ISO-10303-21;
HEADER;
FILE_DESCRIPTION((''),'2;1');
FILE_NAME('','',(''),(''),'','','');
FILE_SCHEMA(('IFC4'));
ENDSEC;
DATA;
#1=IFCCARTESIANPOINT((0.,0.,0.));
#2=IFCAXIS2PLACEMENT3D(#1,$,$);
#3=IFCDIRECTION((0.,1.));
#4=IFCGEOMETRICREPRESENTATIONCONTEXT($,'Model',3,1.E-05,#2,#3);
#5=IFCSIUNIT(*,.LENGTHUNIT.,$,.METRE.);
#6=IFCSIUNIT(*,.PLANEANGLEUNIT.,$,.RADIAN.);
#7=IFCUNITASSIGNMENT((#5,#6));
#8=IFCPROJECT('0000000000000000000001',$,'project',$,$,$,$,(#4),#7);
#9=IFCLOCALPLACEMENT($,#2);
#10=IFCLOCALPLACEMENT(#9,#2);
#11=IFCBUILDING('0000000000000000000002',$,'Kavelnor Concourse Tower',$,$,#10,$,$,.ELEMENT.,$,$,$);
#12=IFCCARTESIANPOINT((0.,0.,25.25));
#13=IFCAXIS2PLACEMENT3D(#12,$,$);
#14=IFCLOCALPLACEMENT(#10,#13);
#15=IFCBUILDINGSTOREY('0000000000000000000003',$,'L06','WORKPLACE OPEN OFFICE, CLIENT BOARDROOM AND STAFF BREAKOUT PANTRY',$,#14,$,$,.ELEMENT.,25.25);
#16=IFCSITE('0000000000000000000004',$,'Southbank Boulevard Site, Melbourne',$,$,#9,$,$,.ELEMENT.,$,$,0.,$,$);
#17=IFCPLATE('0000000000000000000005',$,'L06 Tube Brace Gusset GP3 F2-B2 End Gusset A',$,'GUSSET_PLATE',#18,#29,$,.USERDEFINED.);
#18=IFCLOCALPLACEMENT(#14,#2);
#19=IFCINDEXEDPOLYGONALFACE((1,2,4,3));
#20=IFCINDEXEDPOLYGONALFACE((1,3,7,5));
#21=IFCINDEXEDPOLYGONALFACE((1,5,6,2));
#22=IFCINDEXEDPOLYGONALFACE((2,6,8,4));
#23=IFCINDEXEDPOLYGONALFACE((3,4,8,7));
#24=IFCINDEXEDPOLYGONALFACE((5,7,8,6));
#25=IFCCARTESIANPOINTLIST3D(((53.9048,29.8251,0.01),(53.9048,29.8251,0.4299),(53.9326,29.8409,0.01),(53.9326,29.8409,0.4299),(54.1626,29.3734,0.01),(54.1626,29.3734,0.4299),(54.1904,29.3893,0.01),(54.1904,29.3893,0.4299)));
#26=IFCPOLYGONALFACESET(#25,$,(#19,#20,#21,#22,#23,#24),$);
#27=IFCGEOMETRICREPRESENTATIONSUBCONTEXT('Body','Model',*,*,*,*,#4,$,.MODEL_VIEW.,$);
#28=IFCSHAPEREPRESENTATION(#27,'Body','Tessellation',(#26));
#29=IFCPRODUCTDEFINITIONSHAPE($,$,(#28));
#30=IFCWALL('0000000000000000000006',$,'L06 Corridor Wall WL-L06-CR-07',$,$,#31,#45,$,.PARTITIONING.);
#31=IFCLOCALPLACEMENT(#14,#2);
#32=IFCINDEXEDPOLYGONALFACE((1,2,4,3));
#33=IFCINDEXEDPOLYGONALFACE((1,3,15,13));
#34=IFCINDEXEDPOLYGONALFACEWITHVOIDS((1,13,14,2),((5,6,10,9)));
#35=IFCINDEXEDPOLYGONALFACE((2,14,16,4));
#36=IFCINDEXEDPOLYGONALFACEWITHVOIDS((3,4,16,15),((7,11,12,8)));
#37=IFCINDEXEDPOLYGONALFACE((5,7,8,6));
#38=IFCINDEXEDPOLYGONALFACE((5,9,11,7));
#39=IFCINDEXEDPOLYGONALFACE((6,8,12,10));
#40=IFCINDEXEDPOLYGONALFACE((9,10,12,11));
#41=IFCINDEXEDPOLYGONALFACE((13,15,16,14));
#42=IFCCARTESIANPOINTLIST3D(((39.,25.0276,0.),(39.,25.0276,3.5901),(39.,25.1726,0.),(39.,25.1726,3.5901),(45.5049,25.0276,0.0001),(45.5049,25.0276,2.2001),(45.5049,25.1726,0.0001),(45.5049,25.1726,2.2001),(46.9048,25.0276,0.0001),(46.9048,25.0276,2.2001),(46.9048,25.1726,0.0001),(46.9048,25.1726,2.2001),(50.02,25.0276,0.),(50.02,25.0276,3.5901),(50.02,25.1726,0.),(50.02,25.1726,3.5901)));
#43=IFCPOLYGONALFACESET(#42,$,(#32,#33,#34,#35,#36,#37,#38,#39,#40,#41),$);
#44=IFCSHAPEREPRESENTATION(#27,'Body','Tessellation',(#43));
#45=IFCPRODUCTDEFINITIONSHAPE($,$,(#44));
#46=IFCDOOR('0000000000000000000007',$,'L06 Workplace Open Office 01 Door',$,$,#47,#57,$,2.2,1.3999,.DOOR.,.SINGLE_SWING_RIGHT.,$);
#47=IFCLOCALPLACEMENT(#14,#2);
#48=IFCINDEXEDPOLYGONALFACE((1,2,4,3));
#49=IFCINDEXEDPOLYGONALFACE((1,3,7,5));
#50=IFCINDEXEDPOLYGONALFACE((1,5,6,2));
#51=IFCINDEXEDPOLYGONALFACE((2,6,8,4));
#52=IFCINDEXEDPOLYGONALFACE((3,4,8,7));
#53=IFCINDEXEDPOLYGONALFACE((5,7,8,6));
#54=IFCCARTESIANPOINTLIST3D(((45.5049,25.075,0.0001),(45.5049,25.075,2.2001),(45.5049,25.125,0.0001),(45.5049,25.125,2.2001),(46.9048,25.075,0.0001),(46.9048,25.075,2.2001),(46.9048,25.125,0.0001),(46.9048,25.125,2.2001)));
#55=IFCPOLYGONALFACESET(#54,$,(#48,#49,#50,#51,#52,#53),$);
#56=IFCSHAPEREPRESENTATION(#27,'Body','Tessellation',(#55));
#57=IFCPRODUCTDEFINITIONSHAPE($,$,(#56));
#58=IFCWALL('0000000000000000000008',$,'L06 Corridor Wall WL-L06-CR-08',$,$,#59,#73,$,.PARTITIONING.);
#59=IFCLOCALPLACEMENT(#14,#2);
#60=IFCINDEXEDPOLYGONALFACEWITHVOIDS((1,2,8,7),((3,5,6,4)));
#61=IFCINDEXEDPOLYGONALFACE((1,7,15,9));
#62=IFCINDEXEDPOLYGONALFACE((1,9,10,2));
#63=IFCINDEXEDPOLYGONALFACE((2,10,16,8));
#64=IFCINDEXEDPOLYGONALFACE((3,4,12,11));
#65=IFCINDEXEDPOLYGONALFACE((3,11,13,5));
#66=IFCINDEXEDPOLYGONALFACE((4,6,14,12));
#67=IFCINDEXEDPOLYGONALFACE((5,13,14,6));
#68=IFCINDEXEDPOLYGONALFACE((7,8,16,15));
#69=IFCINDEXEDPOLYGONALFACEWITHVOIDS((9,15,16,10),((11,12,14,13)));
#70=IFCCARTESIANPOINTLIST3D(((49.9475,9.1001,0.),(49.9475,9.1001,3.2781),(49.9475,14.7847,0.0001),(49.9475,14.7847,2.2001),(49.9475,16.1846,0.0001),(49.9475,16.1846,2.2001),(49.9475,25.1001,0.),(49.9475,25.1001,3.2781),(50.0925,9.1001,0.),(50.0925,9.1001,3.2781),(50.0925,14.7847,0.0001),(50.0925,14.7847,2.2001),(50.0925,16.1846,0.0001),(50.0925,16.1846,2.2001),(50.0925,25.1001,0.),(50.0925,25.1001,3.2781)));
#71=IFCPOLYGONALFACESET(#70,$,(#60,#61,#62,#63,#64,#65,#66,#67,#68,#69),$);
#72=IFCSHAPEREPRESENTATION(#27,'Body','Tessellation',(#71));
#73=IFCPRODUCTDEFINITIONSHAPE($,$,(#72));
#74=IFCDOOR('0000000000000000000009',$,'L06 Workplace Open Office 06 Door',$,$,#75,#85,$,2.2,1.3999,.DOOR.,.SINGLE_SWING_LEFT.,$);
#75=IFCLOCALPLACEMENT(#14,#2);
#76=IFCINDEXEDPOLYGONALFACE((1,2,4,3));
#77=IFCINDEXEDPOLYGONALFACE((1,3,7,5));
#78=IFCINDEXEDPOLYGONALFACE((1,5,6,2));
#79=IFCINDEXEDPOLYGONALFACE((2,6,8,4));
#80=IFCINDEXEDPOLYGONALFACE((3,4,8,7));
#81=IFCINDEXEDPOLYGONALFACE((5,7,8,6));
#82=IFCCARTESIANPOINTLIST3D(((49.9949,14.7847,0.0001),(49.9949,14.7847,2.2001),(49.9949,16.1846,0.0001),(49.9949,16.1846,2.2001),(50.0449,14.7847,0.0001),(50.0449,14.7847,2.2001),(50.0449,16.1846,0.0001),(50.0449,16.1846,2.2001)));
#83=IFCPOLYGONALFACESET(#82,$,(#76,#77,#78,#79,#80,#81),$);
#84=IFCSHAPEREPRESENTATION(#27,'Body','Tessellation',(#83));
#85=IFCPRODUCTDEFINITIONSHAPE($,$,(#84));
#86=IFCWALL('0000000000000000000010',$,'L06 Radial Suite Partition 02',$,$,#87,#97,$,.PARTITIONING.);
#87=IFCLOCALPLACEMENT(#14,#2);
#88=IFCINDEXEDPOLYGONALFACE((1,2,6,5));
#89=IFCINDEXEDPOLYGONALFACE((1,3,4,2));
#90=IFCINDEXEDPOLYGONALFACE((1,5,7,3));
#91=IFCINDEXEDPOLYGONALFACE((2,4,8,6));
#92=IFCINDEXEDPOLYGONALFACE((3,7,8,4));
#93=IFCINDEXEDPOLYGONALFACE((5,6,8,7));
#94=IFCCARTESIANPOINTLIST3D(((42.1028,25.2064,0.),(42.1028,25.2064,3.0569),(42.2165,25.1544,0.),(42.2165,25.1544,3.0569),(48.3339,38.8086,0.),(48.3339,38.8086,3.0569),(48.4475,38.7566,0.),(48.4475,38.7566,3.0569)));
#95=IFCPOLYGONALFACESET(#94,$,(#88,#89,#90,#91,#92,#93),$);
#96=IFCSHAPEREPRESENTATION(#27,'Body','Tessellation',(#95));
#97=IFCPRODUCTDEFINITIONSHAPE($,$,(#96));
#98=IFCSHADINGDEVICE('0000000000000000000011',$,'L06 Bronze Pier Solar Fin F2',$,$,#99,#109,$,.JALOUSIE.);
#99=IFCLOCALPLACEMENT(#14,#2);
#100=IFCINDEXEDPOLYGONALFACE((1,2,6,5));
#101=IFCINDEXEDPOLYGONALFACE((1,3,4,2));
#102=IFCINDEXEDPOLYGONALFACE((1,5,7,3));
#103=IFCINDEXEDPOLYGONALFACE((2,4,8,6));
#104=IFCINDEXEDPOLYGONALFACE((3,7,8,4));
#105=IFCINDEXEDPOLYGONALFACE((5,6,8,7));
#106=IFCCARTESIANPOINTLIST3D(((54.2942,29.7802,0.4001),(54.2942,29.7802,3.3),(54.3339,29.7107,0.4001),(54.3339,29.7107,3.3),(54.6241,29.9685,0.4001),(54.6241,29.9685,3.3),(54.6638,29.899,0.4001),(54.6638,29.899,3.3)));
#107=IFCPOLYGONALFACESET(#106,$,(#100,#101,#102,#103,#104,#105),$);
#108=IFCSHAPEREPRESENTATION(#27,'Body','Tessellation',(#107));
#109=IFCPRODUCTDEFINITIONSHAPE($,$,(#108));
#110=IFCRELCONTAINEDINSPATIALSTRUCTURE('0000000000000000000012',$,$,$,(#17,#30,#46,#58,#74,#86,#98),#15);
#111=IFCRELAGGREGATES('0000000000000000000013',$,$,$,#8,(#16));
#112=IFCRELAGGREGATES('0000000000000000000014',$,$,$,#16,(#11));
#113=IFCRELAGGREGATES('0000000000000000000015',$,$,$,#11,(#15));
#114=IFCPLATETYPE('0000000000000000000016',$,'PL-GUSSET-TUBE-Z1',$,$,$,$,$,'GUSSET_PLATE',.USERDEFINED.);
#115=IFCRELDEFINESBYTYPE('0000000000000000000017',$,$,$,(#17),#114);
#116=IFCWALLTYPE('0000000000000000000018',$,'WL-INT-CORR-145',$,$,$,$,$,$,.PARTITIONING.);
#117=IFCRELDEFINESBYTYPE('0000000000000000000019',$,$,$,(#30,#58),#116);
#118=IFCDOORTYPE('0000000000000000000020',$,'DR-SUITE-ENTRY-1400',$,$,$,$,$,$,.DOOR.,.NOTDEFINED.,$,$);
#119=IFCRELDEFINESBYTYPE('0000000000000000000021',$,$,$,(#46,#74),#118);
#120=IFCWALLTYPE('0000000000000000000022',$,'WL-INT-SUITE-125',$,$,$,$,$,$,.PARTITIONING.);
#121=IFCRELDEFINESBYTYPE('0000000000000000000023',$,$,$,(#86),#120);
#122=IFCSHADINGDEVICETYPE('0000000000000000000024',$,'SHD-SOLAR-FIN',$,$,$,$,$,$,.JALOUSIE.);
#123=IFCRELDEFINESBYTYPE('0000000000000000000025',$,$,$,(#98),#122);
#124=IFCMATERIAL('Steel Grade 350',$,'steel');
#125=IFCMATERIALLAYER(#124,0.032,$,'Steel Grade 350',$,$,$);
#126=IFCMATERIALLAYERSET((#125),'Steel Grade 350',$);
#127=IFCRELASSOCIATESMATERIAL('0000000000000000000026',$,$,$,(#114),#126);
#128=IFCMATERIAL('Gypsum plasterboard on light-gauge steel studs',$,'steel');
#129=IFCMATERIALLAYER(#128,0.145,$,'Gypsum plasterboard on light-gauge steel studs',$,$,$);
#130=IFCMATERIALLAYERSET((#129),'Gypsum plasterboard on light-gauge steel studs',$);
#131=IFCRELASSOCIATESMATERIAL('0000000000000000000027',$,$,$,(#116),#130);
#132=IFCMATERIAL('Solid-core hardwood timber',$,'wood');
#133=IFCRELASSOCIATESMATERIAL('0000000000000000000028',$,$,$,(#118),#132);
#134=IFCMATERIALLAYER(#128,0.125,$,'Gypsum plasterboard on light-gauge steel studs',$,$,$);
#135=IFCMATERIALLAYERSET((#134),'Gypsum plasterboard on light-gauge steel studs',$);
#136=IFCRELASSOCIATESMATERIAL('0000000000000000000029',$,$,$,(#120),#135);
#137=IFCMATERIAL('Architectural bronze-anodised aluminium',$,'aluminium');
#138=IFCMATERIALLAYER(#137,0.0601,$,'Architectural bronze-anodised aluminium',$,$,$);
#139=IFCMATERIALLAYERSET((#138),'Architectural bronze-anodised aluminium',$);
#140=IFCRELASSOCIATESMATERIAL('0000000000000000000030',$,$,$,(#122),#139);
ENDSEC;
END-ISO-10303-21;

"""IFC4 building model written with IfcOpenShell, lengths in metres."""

from ifc_helpers import new_model, si_unit, direction, frame, frame_2d, origin, origin_2d, place, context, subcontext, project, spatial, rectangle, extrude, material, layer, layer_set, type_object, element, fill, save


model = new_model("IFC4")

# Units and contexts
model_context = context("Model", 3, precision=1e-05, world=origin(), true_north=direction((0.0, 1.0)))
body_context = subcontext(model_context, "Body", "Model", "MODEL_VIEW")
ifc_project = project(units=[si_unit("LENGTHUNIT", "METRE"), si_unit("PLANEANGLEUNIT", "RADIAN")], contexts=[model_context])

# Site, building, storey
site_placement = place(None, origin())
site = spatial("IfcSite", under=ifc_project, at=site_placement, Name="Southbank Boulevard Site, Melbourne", CompositionType="ELEMENT", RefElevation=0.0)
building_placement = place(site_placement, origin())
building = spatial("IfcBuilding", under=site, at=building_placement, Name="Kavelnor Concourse Tower", CompositionType="ELEMENT")
storey_placement = place(building_placement, frame((0.0, 0.0, 25.25)))
storey = spatial("IfcBuildingStorey", under=building, at=storey_placement, Name="L06", Description="WORKPLACE OPEN OFFICE, CLIENT BOARDROOM AND STAFF BREAKOUT PANTRY", CompositionType="ELEMENT", Elevation=25.25)

# Shared definitions
ifc_material_1 = material(Name="Steel Grade 350", Category="steel")

# Plate
ifc_layer_1 = layer(ifc_material_1, 0.032, Name="Steel Grade 350")
ifc_layer_set_1 = layer_set([ifc_layer_1], Name="Steel Grade 350")
plate_type = type_object("IfcPlateType", Name="PL-GUSSET-TUBE-Z1", ElementType="GUSSET_PLATE", PredefinedType="USERDEFINED", material=ifc_layer_set_1)
plate_placement = place(storey_placement, frame((54.0476, 29.6072, 0.01), z_axis=(0.0, 0.0, 1.0), x_axis=(0.495762, -0.868459, 0.0)))
element("IfcPlate", 1, at=plate_placement, inside=storey, type_object=plate_type, Name="L06 Tube Brace Gusset GP3 F2-B2 End Gusset A", ObjectType="GUSSET_PLATE", PredefinedType="USERDEFINED", context=body_context, shape_type="SweptSolid", body=[
    extrude(rectangle(XDim=0.52, YDim=0.032, at=origin_2d()), origin(), (0.0, 0.0, 1.0), 0.4199),
])

# Walls, openings, doors
ifc_material_2 = material(Name="Gypsum plasterboard on light-gauge steel studs", Category="steel")
ifc_layer_2 = layer(ifc_material_2, 0.145, Name="Gypsum plasterboard on light-gauge steel studs")
ifc_layer_set_2 = layer_set([ifc_layer_2], Name="Gypsum plasterboard on light-gauge steel studs")
wall_type_1 = type_object("IfcWallType", Name="WL-INT-CORR-145", PredefinedType="PARTITIONING", material=ifc_layer_set_2)
wall_1_placement = place(storey_placement, frame((39.0, 25.1001, 0.0), z_axis=(0.0, 0.0, 1.0), x_axis=(1.0, 0.0, 0.0)))
wall_1 = element("IfcWall", 2, at=wall_1_placement, inside=storey, type_object=wall_type_1, Name="L06 Corridor Wall WL-L06-CR-07", PredefinedType="PARTITIONING", context=body_context, shape_type="SweptSolid", body=[
    extrude(rectangle(XDim=11.02, YDim=0.145, at=frame_2d((5.51, 0.0))), origin(), (0.0, 0.0, 1.0), 3.5901),
])
opening_1_placement = place(wall_1_placement, frame((6.5049, 0.0, 0.0)))
opening_1 = element("IfcOpeningElement", 3, at=opening_1_placement, cuts=wall_1, PredefinedType="OPENING", context=body_context, shape_type="SweptSolid", body=[
    extrude(rectangle(XDim=1.3999, YDim=2.2, at=frame_2d((0.7, 1.1001))), frame((0.0, 0.0825, 0.0), z_axis=(0.0, -1.0, 0.0), x_axis=(1.0, 0.0, 0.0)), (0.0, 0.0, 1.0), 0.165),
])
ifc_material_3 = material(Name="Solid-core hardwood timber", Category="wood")
door_type = type_object("IfcDoorType", Name="DR-SUITE-ENTRY-1400", OperationType="NOTDEFINED", PredefinedType="DOOR", material=ifc_material_3)
door_1_placement = place(opening_1_placement, origin())
door_1 = element("IfcDoor", 4, at=door_1_placement, inside=storey, type_object=door_type, Name="L06 Workplace Open Office 01 Door", OperationType="SINGLE_SWING_RIGHT", OverallHeight=2.2, OverallWidth=1.3999, PredefinedType="DOOR", context=body_context, shape_type="SweptSolid", body=[
    extrude(rectangle(XDim=1.3999, YDim=2.2, at=frame_2d((0.7, 1.1001))), frame((0.0, 0.0249, 0.0), z_axis=(0.0, -1.0, 0.0), x_axis=(1.0, 0.0, 0.0)), (0.0, 0.0, 1.0), 0.05),
])
fill(opening_1, door_1)
wall_2_placement = place(storey_placement, frame((50.02, 25.1001, 0.0), z_axis=(0.0, 0.0, 1.0), x_axis=(0.0, -1.0, 0.0)))
wall_2 = element("IfcWall", 5, at=wall_2_placement, inside=storey, type_object=wall_type_1, Name="L06 Corridor Wall WL-L06-CR-08", PredefinedType="PARTITIONING", context=body_context, shape_type="SweptSolid", body=[
    extrude(rectangle(XDim=16.0, YDim=0.145, at=frame_2d((8.0, 0.0))), origin(), (0.0, 0.0, 1.0), 3.2781),
])
opening_2_placement = place(wall_2_placement, frame((8.9155, 0.0, 0.0)))
opening_2 = element("IfcOpeningElement", 6, at=opening_2_placement, cuts=wall_2, PredefinedType="OPENING", context=body_context, shape_type="SweptSolid", body=[
    extrude(rectangle(XDim=1.3999, YDim=2.2, at=frame_2d((0.7, 1.1001))), frame((0.0, 0.0825, 0.0), z_axis=(0.0, -1.0, 0.0), x_axis=(1.0, 0.0, 0.0)), (0.0, 0.0, 1.0), 0.165),
])
door_2_placement = place(opening_2_placement, origin())
door_2 = element("IfcDoor", 7, at=door_2_placement, inside=storey, type_object=door_type, Name="L06 Workplace Open Office 06 Door", OperationType="SINGLE_SWING_LEFT", OverallHeight=2.2, OverallWidth=1.3999, PredefinedType="DOOR", context=body_context, shape_type="SweptSolid", body=[
    extrude(rectangle(XDim=1.3999, YDim=2.2, at=frame_2d((0.7, 1.1001))), frame((0.0, 0.0249, 0.0), z_axis=(0.0, -1.0, 0.0), x_axis=(1.0, 0.0, 0.0)), (0.0, 0.0, 1.0), 0.05),
])
fill(opening_2, door_2)

# Wall
ifc_layer_3 = layer(ifc_material_2, 0.125, Name="Gypsum plasterboard on light-gauge steel studs")
ifc_layer_set_3 = layer_set([ifc_layer_3], Name="Gypsum plasterboard on light-gauge steel studs")
wall_type_2 = type_object("IfcWallType", Name="WL-INT-SUITE-125", PredefinedType="PARTITIONING", material=ifc_layer_set_3)
wall_3_placement = place(storey_placement, frame((42.1597, 25.1804, 0.0), z_axis=(0.0, 0.0, 1.0), x_axis=(0.416472, 0.909149, 0.0)))
element("IfcWall", 8, at=wall_3_placement, inside=storey, type_object=wall_type_2, Name="L06 Radial Suite Partition 02", PredefinedType="PARTITIONING", context=body_context, shape_type="SweptSolid", body=[
    extrude(rectangle(XDim=14.9614, YDim=0.125, at=frame_2d((7.4807, 0.0))), origin(), (0.0, 0.0, 1.0), 3.0569),
])

# Shading device
ifc_material_4 = material(Name="Architectural bronze-anodised aluminium", Category="aluminium")
ifc_layer_4 = layer(ifc_material_4, 0.0601, Name="Architectural bronze-anodised aluminium")
ifc_layer_set_4 = layer_set([ifc_layer_4], Name="Architectural bronze-anodised aluminium")
shading_device_type = type_object("IfcShadingDeviceType", Name="SHD-SOLAR-FIN", PredefinedType="JALOUSIE", material=ifc_layer_set_4)
shading_device_placement = place(storey_placement, frame((54.479, 29.8396, 0.4001), z_axis=(0.0, 0.0, 1.0), x_axis=(0.868459, 0.495762, 0.0)))
element("IfcShadingDevice", 9, at=shading_device_placement, inside=storey, type_object=shading_device_type, Name="L06 Bronze Pier Solar Fin F2", PredefinedType="JALOUSIE", context=body_context, shape_type="SweptSolid", body=[
    extrude(rectangle(XDim=0.3799, YDim=0.0801, at=origin_2d()), origin(), (0.0, 0.0, 1.0), 2.8999),
])

save(model, "model.ifc")
